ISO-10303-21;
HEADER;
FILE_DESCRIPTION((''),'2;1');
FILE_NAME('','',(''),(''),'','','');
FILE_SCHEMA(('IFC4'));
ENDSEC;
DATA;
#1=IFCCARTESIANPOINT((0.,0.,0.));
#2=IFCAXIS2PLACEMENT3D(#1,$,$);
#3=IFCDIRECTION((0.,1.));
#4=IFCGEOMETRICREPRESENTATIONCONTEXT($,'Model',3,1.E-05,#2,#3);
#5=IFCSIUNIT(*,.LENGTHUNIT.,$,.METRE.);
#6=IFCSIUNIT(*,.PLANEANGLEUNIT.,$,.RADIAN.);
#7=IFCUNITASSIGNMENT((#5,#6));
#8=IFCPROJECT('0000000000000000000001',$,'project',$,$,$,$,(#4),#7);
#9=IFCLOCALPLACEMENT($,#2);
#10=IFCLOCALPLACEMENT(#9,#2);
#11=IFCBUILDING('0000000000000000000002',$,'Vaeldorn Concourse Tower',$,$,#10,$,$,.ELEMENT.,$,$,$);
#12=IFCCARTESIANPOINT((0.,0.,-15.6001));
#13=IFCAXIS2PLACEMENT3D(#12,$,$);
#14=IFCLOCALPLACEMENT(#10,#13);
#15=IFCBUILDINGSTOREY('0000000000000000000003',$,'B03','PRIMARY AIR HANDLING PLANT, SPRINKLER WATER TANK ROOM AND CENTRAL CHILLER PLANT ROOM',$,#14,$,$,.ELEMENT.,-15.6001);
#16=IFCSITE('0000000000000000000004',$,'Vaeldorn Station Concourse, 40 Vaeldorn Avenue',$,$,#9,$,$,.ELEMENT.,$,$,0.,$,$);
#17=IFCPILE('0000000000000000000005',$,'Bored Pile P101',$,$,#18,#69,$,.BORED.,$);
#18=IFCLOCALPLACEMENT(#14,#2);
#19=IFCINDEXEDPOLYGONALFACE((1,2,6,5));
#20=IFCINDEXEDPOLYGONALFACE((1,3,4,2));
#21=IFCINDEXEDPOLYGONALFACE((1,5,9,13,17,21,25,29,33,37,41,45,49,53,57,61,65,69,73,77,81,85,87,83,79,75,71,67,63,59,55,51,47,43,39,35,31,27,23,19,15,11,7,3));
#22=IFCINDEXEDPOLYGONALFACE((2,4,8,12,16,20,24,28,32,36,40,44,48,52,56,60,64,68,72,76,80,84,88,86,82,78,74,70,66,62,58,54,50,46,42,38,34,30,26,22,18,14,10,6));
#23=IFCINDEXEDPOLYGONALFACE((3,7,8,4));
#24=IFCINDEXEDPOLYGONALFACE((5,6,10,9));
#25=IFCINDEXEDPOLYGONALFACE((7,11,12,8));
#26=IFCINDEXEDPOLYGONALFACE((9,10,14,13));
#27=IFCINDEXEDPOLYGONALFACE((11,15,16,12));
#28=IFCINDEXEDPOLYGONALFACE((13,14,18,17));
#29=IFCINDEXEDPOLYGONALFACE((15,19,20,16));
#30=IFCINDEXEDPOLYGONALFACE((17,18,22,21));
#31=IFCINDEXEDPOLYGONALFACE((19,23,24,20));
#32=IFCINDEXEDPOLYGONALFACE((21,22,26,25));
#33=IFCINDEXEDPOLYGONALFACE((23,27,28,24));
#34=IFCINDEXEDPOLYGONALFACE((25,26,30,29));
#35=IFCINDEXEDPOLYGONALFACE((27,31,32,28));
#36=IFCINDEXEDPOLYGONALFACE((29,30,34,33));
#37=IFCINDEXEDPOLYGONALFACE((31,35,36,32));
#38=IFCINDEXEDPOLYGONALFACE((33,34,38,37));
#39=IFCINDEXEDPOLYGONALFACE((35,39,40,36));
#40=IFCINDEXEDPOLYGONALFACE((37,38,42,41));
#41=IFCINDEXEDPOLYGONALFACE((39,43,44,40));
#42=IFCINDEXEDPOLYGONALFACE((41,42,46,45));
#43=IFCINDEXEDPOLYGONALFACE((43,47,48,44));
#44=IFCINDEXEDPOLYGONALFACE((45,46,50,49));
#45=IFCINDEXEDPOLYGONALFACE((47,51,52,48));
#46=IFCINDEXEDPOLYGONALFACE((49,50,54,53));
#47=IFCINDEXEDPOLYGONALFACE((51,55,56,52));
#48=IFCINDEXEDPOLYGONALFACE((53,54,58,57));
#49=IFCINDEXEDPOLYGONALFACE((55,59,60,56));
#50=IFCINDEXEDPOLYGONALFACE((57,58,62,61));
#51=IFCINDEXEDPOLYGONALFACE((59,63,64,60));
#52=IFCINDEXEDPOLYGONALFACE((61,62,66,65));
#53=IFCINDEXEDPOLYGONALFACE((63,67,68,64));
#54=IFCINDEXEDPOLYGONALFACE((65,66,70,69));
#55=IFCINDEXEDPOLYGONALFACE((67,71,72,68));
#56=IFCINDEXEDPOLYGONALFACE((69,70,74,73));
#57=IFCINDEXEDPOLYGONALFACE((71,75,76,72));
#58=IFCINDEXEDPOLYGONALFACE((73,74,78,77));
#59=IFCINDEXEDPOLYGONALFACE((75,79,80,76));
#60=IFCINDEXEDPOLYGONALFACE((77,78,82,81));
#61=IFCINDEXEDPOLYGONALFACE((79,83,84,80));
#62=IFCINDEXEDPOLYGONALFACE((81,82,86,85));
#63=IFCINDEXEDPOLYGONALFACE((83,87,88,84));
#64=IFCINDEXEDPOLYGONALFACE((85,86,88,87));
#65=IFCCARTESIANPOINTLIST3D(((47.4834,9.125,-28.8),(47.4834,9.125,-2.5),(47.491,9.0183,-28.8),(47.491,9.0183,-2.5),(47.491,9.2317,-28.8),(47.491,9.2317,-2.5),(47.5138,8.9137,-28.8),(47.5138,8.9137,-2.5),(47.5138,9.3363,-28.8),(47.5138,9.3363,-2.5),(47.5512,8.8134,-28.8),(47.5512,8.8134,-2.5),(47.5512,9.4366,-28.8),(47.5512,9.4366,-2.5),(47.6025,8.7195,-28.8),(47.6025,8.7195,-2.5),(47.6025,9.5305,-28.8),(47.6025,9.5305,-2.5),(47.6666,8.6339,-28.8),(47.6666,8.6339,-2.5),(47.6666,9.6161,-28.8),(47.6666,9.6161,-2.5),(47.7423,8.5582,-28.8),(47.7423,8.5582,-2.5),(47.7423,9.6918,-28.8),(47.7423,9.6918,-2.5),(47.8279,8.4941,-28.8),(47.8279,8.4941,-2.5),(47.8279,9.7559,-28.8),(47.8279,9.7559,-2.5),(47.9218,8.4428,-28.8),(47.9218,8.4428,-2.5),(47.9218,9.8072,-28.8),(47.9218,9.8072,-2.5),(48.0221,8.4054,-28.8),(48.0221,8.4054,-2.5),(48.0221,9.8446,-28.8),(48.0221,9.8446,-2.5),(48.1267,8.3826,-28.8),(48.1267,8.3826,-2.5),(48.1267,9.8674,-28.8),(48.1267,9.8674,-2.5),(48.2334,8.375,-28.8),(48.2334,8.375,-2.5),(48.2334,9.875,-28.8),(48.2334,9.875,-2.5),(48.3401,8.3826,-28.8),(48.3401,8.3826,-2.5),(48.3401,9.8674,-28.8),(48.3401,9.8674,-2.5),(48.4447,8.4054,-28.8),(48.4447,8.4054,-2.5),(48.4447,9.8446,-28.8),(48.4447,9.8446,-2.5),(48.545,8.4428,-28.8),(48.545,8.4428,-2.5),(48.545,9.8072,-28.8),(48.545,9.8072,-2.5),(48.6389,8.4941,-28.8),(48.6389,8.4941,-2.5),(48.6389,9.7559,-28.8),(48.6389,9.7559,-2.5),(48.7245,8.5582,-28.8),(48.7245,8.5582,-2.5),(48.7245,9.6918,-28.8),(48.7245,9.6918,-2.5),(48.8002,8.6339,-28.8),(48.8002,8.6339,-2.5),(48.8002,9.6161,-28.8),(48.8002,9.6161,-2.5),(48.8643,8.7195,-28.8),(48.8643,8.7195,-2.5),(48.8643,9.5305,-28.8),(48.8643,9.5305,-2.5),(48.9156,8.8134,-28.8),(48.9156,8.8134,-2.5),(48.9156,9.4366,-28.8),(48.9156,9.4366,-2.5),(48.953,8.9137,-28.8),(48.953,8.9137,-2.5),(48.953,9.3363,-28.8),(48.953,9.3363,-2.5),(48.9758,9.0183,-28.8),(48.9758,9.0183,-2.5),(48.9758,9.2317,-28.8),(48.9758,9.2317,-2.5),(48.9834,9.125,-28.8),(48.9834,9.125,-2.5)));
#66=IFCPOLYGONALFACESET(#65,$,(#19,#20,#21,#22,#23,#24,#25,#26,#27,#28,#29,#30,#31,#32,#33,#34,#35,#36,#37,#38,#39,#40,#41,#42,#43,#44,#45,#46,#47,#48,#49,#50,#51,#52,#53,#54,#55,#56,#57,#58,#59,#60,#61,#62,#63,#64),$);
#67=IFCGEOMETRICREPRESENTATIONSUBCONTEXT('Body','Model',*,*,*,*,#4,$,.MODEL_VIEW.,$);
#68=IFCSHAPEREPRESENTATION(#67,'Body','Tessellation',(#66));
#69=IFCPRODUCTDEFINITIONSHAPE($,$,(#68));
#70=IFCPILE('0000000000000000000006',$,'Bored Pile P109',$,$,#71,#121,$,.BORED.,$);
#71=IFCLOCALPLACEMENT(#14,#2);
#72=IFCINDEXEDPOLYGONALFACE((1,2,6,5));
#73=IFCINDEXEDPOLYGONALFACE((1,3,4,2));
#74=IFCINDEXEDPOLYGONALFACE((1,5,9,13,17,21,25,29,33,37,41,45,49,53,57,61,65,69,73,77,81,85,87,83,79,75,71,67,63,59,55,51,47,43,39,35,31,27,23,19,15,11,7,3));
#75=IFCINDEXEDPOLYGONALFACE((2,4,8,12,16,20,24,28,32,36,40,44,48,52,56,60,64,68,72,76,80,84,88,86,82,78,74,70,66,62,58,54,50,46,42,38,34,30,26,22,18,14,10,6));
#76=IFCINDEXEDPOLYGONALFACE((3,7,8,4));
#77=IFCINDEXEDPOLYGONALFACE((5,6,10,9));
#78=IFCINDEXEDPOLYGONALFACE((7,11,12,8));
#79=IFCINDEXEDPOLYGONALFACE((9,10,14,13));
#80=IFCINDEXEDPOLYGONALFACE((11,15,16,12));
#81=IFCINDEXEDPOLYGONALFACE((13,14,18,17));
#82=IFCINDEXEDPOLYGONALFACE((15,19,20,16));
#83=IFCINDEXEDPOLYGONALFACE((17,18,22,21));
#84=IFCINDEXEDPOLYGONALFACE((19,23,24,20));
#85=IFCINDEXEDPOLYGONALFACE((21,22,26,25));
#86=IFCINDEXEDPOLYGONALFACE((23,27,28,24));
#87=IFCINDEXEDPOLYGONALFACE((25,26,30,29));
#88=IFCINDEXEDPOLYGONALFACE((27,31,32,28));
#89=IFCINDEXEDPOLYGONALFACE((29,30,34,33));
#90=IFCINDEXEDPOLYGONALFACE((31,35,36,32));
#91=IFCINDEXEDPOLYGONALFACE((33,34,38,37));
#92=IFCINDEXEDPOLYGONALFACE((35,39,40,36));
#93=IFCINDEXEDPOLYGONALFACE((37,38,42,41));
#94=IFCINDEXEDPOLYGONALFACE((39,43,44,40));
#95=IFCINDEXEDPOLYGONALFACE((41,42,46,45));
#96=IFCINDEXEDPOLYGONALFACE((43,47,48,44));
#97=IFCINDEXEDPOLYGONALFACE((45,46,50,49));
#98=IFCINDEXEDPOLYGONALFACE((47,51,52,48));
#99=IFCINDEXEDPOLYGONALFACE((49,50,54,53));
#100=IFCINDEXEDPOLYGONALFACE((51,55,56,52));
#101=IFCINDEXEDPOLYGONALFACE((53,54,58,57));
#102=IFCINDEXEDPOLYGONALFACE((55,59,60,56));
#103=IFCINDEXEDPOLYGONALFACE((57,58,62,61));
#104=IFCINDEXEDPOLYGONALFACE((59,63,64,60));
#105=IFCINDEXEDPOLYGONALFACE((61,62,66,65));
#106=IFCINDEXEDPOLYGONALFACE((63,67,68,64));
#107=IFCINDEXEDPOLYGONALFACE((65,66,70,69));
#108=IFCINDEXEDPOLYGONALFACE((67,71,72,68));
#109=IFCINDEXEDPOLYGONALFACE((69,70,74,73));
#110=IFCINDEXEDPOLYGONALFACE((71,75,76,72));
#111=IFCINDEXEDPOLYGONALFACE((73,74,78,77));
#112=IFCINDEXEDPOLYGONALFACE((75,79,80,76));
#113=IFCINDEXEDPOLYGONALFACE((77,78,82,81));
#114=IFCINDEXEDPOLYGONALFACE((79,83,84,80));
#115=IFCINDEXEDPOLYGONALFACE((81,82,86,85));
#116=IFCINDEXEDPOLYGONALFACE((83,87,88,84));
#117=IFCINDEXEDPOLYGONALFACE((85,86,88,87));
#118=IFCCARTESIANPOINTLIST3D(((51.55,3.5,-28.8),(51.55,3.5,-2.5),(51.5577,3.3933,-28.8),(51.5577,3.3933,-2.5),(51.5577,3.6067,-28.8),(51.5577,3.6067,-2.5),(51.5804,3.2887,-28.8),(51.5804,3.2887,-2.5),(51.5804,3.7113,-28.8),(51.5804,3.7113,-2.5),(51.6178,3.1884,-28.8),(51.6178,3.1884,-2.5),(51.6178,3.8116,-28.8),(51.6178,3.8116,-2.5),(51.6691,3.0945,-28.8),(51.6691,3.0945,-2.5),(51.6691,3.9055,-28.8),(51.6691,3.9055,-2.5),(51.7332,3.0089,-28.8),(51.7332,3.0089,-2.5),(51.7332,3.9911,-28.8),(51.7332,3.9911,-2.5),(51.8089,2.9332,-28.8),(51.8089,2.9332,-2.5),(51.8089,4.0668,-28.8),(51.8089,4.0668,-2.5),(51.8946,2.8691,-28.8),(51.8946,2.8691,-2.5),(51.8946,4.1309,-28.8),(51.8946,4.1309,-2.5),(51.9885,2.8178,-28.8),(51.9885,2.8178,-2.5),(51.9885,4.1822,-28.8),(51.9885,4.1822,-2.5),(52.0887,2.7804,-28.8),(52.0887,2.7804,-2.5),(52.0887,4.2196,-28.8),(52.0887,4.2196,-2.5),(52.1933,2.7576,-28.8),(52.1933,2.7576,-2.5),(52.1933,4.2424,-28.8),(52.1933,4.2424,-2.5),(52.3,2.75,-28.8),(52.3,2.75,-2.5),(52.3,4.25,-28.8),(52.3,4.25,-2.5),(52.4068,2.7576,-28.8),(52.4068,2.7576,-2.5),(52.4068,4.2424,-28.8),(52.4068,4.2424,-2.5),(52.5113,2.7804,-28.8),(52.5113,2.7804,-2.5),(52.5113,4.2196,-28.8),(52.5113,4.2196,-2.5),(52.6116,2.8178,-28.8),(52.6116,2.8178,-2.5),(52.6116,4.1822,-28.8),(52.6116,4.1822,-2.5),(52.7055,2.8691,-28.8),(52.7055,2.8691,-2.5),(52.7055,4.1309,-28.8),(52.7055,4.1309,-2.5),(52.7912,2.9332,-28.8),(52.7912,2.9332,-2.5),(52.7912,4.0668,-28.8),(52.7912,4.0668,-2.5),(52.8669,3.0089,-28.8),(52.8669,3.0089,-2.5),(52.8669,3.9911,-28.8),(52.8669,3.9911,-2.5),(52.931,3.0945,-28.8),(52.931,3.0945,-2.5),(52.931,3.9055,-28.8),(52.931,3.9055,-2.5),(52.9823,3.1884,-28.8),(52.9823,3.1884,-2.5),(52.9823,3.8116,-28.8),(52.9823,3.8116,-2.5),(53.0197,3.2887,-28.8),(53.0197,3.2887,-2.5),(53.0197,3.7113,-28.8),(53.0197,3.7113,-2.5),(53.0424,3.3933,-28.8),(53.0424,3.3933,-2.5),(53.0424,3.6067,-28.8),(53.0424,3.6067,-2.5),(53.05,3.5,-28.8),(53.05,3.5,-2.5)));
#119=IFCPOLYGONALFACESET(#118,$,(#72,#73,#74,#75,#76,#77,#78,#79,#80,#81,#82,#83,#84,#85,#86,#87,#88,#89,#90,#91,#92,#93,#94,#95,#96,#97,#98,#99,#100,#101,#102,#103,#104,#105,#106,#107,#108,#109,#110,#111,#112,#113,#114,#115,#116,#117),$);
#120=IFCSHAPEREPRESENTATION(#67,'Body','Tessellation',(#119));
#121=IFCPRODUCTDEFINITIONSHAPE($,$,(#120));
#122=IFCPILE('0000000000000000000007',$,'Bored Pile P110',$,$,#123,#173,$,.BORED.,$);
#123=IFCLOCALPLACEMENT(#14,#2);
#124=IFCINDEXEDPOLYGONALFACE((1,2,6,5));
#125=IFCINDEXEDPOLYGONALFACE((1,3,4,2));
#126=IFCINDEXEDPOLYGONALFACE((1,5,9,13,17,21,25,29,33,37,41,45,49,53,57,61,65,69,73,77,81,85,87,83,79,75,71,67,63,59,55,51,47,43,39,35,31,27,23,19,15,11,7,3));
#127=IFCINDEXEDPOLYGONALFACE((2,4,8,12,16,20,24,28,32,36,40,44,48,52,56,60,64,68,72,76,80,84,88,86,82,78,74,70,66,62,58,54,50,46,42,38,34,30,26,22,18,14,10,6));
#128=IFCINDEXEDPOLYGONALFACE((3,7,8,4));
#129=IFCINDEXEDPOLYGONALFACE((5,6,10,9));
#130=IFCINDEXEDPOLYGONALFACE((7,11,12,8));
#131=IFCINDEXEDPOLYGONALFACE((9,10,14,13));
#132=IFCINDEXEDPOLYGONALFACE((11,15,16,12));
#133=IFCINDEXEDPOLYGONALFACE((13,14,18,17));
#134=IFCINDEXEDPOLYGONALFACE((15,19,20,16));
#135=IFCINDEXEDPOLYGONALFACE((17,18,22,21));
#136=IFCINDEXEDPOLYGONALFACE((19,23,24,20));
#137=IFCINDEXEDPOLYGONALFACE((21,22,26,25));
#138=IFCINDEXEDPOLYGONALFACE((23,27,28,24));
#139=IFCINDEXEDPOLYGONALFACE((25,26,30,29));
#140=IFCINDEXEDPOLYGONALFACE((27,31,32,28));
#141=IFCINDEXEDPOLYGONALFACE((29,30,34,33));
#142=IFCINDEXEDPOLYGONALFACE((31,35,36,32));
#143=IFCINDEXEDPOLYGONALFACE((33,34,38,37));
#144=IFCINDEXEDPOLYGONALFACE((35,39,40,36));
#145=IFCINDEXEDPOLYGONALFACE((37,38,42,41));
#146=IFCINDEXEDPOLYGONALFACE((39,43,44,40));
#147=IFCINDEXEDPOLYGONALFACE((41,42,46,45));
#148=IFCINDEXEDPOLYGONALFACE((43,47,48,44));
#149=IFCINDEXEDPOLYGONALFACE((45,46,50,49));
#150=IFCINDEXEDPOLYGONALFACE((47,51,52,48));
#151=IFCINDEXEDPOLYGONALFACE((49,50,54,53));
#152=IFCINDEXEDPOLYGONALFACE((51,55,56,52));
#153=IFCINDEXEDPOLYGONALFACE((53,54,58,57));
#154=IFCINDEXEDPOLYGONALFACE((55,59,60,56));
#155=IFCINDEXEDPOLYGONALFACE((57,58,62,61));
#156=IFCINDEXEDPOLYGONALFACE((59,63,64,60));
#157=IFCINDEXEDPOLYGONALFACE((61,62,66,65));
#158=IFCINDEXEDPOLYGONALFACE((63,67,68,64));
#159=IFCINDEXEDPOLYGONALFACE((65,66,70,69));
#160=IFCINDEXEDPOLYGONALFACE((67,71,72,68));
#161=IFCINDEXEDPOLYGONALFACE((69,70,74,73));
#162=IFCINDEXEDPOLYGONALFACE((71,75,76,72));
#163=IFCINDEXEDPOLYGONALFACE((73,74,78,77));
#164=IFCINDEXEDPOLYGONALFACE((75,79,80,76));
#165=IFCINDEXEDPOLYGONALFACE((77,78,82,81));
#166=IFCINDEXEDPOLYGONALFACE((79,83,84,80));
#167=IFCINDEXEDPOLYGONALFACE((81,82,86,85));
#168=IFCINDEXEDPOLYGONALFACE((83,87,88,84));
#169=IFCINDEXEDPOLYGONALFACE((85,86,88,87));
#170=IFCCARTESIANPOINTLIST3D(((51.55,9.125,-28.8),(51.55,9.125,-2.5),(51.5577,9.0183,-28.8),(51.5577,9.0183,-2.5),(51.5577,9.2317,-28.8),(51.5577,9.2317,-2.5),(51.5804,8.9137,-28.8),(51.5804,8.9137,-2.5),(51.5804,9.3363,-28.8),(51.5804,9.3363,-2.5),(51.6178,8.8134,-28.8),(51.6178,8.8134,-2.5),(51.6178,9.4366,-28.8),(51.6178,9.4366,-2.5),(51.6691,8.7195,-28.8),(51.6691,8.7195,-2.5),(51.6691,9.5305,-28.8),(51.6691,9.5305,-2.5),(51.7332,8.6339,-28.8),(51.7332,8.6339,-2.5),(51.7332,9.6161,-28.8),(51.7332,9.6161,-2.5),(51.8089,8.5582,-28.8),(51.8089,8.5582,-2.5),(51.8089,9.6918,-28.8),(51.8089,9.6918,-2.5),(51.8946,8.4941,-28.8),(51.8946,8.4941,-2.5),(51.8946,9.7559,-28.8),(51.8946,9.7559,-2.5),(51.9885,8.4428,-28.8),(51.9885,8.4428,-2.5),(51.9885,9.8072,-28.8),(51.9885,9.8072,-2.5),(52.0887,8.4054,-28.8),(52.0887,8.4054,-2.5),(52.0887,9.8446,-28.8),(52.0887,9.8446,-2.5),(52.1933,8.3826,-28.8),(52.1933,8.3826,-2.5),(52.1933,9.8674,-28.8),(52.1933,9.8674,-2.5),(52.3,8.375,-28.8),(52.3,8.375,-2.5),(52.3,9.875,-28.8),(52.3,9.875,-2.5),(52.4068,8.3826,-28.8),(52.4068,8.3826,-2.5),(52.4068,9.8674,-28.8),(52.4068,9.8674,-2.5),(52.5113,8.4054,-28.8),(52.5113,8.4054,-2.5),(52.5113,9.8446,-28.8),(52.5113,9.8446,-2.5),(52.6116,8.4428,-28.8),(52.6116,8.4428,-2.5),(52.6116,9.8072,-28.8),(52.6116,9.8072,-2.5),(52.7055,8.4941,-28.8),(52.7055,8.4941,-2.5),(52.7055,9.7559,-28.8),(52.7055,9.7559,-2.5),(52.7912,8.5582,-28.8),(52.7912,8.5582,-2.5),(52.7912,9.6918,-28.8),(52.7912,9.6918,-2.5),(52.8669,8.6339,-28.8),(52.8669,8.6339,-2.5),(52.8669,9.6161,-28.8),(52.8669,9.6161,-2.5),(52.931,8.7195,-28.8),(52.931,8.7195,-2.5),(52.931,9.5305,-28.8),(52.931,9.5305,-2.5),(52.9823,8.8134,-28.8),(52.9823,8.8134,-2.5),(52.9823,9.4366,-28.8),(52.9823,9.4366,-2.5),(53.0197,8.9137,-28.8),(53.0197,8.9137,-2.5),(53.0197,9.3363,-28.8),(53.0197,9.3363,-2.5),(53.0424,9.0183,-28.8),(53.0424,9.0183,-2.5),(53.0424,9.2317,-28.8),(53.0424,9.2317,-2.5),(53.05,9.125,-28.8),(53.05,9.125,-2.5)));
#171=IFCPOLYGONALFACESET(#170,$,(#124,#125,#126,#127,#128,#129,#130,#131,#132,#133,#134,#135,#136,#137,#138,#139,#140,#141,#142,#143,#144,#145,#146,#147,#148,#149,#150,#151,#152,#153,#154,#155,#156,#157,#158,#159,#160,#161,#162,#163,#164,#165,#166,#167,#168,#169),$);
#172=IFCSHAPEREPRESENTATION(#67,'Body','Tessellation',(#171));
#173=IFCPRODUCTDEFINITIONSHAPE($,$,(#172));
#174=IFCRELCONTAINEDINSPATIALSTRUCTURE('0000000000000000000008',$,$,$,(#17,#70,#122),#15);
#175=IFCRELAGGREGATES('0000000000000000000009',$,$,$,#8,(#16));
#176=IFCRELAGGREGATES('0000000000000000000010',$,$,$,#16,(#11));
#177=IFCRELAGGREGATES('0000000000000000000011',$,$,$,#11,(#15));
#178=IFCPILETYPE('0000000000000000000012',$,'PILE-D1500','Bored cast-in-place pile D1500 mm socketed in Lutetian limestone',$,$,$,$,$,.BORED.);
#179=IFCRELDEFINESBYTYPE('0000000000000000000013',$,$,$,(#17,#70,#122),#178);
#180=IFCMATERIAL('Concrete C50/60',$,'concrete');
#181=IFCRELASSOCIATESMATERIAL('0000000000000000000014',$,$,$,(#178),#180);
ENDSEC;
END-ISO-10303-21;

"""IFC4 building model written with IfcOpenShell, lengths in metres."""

from ifc_helpers import new_model, si_unit, direction, frame, origin, origin_2d, place, context, subcontext, project, spatial, circle, extrude, material, material_profile, profile_set, type_object, element, save


model = new_model("IFC4")

# Units and contexts
model_context = context("Model", 3, precision=1e-05, world=origin(), true_north=direction((0.0, 1.0)))
body_context = subcontext(model_context, "Body", "Model", "MODEL_VIEW")
ifc_project = project(units=[si_unit("LENGTHUNIT", "METRE"), si_unit("PLANEANGLEUNIT", "RADIAN")], contexts=[model_context])

# Site, building, storey
site_placement = place(None, origin())
site = spatial("IfcSite", under=ifc_project, at=site_placement, Name="Vaeldorn Station Concourse, 40 Vaeldorn Avenue", CompositionType="ELEMENT", RefElevation=0.0)
building_placement = place(site_placement, origin())
building = spatial("IfcBuilding", under=site, at=building_placement, Name="Vaeldorn Concourse Tower", CompositionType="ELEMENT")
storey_placement = place(building_placement, frame((0.0, 0.0, -15.6001)))
storey = spatial("IfcBuildingStorey", under=building, at=storey_placement, Name="B03", Description="PRIMARY AIR HANDLING PLANT, SPRINKLER WATER TANK ROOM AND CENTRAL CHILLER PLANT ROOM", CompositionType="ELEMENT", Elevation=-15.6001)

# Piles
ifc_material_1 = material(Name="Concrete C50/60", Category="concrete")
ifc_material_profile_1 = material_profile(ifc_material_1, circle(Radius=0.75, at=origin_2d()), Name="BORED PILE D1500")
ifc_profile_set_1 = profile_set([ifc_material_profile_1], Name="Concrete C50/60")
pile_type = type_object("IfcPileType", Name="PILE-D1500", Description="Bored cast-in-place pile D1500 mm socketed in Lutetian limestone", PredefinedType="BORED", material=ifc_profile_set_1)
for number, where, z_axis, x_axis, name in (
    (1, (48.2334, 9.125, -2.5), (0.0, 0.0, -1.0), (1.0, 0.0, 0.0), "Bored Pile P101"),
    (2, (52.3, 3.5, -2.5), (0.0, 0.0, -1.0), (1.0, 0.0, 0.0), "Bored Pile P109"),
    (3, (52.3, 9.125, -2.5), (0.0, 0.0, -1.0), (1.0, 0.0, 0.0), "Bored Pile P110"),
):
    element("IfcPile", number, at=place(storey_placement, frame(where, z_axis=z_axis, x_axis=x_axis)), inside=storey, type_object=pile_type, Name=name, PredefinedType="BORED", context=body_context, shape_type="SweptSolid", body=[
        extrude(circle(Radius=0.75, at=origin_2d()), origin(), (0.0, 0.0, 1.0), 26.3),
    ])

save(model, "model.ifc")
